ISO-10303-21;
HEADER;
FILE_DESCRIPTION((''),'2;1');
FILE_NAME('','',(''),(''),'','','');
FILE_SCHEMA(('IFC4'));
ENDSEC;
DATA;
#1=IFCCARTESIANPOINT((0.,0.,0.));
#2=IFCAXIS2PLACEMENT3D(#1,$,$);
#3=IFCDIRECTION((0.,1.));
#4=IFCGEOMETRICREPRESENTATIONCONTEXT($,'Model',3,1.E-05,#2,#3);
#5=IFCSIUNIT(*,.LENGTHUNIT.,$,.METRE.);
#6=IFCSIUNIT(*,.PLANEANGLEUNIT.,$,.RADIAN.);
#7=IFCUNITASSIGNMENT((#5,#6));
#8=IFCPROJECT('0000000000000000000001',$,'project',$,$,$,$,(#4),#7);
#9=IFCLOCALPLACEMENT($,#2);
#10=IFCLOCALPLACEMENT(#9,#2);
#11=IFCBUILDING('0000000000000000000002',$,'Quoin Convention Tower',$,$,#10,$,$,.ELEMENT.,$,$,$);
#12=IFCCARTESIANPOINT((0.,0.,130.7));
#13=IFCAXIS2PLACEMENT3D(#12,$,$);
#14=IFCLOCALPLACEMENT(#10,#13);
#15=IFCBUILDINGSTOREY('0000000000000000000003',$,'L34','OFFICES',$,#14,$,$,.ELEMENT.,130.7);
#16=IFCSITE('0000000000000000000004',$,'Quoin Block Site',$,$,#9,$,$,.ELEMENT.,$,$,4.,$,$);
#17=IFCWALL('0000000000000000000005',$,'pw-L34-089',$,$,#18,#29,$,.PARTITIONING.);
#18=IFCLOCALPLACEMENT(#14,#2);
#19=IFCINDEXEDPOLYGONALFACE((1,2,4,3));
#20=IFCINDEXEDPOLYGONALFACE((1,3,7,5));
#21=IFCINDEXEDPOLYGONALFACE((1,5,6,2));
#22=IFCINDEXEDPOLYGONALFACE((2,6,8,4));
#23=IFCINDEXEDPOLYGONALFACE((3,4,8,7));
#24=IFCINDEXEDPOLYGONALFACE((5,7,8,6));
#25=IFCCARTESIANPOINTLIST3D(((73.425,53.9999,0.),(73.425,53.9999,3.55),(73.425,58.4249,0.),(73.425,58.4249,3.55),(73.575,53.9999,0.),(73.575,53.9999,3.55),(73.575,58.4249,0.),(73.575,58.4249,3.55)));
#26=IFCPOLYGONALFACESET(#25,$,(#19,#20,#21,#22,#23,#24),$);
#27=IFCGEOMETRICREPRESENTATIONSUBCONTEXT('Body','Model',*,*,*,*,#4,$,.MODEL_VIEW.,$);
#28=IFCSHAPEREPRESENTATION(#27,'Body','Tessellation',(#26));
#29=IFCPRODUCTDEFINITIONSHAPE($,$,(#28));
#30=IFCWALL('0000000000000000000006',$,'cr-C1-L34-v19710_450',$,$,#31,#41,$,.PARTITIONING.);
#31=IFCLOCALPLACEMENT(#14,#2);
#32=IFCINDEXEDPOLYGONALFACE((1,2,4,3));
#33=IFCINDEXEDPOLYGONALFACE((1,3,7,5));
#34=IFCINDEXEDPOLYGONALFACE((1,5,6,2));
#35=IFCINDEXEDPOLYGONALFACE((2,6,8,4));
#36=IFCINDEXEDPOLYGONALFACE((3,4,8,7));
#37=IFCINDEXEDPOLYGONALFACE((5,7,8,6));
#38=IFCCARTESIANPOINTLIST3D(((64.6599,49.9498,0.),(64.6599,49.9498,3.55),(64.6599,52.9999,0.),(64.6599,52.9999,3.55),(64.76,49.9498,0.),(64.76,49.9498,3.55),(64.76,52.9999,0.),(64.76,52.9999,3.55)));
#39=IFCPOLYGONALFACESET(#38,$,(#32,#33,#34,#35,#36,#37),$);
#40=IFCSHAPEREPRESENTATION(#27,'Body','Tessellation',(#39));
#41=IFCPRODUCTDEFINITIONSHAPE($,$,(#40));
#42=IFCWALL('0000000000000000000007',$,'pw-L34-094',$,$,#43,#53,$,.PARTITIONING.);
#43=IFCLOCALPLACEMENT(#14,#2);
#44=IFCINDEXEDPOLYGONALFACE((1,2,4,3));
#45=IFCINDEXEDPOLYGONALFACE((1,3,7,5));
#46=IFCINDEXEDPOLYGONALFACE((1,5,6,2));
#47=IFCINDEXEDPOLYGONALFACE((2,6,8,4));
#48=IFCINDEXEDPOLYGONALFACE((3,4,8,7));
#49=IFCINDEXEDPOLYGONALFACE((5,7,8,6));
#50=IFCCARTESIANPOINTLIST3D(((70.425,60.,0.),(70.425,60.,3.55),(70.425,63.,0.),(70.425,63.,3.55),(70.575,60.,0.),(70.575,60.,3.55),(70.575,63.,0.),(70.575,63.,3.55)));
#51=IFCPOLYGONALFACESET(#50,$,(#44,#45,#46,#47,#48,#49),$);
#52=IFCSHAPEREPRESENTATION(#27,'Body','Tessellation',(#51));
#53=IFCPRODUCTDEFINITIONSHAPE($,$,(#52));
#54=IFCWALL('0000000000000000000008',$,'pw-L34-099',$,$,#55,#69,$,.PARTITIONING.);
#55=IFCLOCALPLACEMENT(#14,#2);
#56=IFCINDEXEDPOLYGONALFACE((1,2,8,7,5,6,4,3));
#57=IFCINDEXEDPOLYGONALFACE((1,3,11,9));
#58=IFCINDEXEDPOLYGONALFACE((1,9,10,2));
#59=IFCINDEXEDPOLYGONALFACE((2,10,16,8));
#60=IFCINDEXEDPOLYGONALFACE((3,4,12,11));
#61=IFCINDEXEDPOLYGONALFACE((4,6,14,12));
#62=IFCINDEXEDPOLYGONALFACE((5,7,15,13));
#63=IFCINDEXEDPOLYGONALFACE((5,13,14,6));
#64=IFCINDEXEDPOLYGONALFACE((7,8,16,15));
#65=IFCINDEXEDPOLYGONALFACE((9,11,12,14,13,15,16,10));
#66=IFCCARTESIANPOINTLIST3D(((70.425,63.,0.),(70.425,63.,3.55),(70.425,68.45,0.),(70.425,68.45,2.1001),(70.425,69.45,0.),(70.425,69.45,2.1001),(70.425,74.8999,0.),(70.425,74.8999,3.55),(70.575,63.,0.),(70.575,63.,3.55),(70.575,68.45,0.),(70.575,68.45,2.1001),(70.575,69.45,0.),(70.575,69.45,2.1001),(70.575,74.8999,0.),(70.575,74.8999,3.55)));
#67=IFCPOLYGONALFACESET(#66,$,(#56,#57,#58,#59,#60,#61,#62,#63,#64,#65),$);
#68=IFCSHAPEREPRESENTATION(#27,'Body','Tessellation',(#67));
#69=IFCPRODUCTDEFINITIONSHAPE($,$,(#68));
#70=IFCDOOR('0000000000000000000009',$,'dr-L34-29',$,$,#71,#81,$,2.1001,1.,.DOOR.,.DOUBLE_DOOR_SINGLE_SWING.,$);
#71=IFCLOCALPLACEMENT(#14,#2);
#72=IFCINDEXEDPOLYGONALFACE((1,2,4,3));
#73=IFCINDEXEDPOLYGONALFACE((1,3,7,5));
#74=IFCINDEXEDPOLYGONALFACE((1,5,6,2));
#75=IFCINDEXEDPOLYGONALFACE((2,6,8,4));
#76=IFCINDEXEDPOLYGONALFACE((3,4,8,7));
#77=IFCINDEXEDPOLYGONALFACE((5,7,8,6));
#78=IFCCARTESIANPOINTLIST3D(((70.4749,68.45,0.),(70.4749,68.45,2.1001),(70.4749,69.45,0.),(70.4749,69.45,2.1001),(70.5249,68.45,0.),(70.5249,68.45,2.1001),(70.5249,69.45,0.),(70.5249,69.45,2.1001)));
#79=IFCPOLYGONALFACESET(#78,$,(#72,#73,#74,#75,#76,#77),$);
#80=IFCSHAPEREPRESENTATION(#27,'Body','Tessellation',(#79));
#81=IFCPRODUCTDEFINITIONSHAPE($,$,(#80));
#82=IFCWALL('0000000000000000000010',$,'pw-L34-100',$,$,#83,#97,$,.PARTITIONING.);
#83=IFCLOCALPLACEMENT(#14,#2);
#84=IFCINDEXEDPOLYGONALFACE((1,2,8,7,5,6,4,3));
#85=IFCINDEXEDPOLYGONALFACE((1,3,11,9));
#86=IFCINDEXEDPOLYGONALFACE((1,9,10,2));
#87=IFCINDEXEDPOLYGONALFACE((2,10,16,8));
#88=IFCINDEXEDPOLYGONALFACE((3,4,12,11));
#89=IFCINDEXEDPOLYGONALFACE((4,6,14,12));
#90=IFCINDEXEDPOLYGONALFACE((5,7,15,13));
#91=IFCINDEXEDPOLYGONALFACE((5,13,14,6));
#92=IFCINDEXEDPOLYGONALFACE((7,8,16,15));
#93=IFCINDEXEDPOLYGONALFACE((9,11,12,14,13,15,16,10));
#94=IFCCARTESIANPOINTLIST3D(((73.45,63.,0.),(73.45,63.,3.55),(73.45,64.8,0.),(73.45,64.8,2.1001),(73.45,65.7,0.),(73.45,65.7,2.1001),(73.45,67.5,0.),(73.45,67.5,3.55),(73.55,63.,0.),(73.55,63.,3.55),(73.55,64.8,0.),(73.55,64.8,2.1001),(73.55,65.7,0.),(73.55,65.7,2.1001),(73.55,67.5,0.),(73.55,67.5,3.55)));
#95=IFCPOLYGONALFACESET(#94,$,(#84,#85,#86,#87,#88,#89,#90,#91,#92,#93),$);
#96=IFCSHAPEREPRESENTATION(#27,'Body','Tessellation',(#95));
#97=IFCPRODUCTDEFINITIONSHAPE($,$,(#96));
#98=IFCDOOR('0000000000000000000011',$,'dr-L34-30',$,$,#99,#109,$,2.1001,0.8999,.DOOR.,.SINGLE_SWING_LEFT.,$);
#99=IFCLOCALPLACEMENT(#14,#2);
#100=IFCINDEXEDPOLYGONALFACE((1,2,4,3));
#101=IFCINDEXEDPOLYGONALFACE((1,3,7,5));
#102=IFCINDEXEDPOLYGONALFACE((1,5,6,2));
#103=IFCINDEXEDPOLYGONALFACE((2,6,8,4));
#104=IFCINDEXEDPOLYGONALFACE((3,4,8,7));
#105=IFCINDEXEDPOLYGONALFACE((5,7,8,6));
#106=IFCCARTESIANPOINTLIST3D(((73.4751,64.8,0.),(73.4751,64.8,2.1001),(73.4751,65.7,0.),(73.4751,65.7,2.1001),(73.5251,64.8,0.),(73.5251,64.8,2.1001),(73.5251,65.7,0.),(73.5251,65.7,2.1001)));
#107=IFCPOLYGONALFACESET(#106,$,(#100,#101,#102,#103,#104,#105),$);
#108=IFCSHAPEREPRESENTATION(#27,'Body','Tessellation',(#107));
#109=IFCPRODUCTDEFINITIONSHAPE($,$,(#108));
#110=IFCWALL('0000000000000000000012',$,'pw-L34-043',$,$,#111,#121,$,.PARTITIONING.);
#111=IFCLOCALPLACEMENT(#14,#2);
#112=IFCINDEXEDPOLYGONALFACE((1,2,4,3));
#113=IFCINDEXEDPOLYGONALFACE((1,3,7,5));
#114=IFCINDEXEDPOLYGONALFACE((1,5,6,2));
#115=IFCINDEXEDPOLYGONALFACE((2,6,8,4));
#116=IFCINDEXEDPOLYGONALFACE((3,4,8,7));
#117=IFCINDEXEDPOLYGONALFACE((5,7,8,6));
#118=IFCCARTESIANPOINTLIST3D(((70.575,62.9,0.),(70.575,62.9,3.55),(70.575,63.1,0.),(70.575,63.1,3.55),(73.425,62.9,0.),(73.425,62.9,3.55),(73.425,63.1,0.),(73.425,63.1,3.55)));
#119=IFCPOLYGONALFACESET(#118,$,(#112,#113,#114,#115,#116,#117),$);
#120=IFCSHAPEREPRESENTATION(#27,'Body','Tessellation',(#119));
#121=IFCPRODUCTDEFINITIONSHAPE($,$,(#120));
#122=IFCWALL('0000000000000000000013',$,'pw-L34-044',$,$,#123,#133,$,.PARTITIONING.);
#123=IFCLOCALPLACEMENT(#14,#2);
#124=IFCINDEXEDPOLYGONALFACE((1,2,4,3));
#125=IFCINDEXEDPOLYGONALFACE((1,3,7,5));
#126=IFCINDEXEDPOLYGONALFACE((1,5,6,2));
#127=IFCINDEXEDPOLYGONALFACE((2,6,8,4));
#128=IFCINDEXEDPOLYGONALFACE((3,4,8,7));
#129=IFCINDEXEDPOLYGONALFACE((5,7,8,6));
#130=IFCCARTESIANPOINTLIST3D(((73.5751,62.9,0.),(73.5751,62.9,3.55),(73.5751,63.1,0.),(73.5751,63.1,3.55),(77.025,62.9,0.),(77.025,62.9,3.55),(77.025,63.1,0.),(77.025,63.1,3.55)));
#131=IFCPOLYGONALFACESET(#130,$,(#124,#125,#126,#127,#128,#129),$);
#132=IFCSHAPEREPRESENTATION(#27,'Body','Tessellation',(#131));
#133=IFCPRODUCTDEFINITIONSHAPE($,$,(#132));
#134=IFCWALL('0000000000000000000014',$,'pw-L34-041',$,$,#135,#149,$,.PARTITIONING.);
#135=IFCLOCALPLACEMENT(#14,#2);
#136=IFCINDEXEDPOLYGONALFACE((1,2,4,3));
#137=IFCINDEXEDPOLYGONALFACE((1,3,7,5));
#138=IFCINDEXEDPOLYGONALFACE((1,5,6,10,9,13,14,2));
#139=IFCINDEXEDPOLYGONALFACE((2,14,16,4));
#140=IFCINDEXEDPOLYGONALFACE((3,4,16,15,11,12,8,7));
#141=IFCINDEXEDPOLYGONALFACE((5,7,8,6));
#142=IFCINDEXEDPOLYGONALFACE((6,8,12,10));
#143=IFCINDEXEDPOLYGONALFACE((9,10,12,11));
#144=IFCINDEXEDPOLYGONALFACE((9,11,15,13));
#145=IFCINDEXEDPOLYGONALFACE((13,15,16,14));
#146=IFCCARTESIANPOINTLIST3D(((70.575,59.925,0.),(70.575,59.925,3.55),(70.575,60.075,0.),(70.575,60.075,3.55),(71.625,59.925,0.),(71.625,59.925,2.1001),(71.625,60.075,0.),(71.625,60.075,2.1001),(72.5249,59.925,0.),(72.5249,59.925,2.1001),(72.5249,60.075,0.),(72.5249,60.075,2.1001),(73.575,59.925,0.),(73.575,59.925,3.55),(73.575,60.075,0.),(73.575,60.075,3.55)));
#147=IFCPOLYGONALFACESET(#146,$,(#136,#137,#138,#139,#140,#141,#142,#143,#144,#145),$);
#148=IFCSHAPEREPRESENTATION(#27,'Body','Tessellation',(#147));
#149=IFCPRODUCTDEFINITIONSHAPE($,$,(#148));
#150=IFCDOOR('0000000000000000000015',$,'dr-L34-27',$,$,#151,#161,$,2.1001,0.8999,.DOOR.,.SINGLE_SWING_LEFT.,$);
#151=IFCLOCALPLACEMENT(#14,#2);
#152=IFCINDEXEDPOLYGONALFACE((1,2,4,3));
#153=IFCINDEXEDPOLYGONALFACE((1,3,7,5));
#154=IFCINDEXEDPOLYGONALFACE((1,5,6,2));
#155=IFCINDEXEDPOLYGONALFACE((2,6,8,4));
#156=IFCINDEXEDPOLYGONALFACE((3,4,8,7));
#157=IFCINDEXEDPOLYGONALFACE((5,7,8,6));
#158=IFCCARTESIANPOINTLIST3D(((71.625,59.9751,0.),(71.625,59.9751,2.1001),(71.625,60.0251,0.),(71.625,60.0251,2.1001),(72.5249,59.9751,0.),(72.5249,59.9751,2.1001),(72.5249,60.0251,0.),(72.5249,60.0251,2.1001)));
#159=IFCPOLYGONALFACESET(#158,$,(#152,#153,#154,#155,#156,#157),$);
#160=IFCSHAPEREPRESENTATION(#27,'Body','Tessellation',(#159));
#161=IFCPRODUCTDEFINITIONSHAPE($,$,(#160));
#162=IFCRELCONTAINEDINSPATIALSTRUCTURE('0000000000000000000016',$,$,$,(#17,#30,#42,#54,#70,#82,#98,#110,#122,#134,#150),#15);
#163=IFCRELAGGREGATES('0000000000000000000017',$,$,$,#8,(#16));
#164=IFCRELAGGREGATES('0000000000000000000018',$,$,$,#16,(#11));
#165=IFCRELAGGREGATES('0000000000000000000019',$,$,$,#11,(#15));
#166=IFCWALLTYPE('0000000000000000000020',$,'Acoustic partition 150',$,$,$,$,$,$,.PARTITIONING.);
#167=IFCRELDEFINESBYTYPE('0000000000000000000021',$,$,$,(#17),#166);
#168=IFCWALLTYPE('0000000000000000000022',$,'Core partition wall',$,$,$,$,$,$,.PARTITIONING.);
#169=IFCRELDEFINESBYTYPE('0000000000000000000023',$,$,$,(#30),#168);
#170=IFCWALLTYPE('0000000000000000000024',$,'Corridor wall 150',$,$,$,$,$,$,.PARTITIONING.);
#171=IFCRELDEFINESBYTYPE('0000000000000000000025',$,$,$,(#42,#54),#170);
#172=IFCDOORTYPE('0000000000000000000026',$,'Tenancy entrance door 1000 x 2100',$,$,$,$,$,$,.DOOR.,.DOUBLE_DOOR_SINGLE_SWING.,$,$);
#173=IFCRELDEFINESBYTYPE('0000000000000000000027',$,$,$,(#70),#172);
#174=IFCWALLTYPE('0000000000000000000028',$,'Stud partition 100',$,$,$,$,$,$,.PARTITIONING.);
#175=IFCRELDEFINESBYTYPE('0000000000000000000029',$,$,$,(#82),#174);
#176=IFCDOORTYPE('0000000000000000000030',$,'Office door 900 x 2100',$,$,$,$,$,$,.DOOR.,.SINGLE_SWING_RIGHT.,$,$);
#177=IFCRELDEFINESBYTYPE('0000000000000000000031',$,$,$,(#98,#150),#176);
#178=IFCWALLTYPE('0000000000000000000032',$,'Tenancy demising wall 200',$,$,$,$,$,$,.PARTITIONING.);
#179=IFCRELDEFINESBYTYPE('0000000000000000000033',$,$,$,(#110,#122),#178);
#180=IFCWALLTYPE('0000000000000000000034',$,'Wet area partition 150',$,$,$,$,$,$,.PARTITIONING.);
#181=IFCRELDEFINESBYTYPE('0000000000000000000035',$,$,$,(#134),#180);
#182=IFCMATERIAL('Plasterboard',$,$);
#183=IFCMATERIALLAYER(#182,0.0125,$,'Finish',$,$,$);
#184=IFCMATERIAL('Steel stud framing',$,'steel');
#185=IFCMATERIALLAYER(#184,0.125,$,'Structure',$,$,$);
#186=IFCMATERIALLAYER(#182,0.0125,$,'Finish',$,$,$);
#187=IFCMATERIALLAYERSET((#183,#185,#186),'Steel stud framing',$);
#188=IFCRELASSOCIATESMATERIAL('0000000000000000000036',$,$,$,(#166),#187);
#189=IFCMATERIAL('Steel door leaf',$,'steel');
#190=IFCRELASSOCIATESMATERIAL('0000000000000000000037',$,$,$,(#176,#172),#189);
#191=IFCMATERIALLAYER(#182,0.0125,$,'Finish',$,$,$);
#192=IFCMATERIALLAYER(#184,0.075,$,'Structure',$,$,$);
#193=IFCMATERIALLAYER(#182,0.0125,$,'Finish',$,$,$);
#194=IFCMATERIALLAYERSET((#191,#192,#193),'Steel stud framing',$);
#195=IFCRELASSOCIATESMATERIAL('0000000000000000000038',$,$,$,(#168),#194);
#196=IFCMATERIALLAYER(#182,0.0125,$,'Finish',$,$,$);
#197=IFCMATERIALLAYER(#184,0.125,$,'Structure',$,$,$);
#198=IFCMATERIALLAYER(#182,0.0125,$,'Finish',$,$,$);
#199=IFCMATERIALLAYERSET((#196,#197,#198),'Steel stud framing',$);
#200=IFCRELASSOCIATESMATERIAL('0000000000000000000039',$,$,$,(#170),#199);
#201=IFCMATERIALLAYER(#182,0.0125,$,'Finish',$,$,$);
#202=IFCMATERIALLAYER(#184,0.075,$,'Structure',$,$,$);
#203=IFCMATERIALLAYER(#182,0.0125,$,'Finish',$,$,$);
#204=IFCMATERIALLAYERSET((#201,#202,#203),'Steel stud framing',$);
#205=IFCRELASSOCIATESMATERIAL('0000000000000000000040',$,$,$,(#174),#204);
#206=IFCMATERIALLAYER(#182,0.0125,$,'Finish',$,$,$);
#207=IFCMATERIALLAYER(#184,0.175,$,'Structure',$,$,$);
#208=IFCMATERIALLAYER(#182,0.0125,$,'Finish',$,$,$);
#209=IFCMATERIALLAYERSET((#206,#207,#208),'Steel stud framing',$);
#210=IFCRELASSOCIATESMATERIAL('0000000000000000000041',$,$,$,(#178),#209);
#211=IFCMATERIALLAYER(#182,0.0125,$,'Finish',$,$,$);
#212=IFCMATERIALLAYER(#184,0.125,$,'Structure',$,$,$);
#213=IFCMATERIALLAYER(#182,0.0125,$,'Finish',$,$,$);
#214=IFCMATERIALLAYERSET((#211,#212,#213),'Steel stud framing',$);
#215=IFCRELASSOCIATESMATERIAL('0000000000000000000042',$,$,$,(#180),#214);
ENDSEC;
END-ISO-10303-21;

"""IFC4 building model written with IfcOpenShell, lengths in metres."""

from ifc_helpers import new_model, si_unit, direction, frame, frame_2d, origin, place, context, subcontext, project, spatial, rectangle, extrude, material, layer, layer_set, type_object, element, fill, save


model = new_model("IFC4")

# Units and contexts
model_context = context("Model", 3, precision=1e-05, world=origin(), true_north=direction((0.0, 1.0)))
body_context = subcontext(model_context, "Body", "Model", "MODEL_VIEW")
ifc_project = project(units=[si_unit("LENGTHUNIT", "METRE"), si_unit("PLANEANGLEUNIT", "RADIAN")], contexts=[model_context])

# Site, building, storey
site_placement = place(None, origin())
site = spatial("IfcSite", under=ifc_project, at=site_placement, Name="Quoin Block Site", CompositionType="ELEMENT", RefElevation=4.0)
building_placement = place(site_placement, origin())
building = spatial("IfcBuilding", under=site, at=building_placement, Name="Quoin Convention Tower", CompositionType="ELEMENT")
storey_placement = place(building_placement, frame((0.0, 0.0, 130.7)))
storey = spatial("IfcBuildingStorey", under=building, at=storey_placement, Name="L34", Description="OFFICES", CompositionType="ELEMENT", Elevation=130.7)

# Shared definitions
ifc_material_1 = material(Name="Plasterboard")
ifc_layer_1 = layer(ifc_material_1, 0.0125, Name="Finish")
ifc_material_2 = material(Name="Steel stud framing", Category="steel")
ifc_layer_2 = layer(ifc_material_2, 0.125, Name="Structure")
ifc_layer_3 = layer(ifc_material_1, 0.0125, Name="Finish")
ifc_layer_set_1 = layer_set([ifc_layer_1, ifc_layer_2, ifc_layer_3], Name="Steel stud framing")
wall_type_1 = type_object("IfcWallType", Name="Acoustic partition 150", PredefinedType="PARTITIONING", material=ifc_layer_set_1)

# Shared definitions
ifc_material_3 = material(Name="Steel door leaf", Category="steel")
door_type_1 = type_object("IfcDoorType", Name="Office door 900 x 2100", OperationType="SINGLE_SWING_RIGHT", PredefinedType="DOOR", material=ifc_material_3)

# Walls
wall_1_placement = place(storey_placement, frame((73.5, 54.0, 0.0), z_axis=(0.0, 0.0, 1.0), x_axis=(0.0, 1.0, 0.0)))
element("IfcWall", 1, at=wall_1_placement, inside=storey, type_object=wall_type_1, Name="pw-L34-089", PredefinedType="PARTITIONING", context=body_context, shape_type="SweptSolid", body=[
    extrude(rectangle(XDim=4.425, YDim=0.1499, at=frame_2d((2.2124, 0.0))), origin(), (0.0, 0.0, 1.0), 3.55),
])
ifc_layer_4 = layer(ifc_material_1, 0.0125, Name="Finish")
ifc_layer_5 = layer(ifc_material_2, 0.075, Name="Structure")
ifc_layer_6 = layer(ifc_material_1, 0.0125, Name="Finish")
ifc_layer_set_2 = layer_set([ifc_layer_4, ifc_layer_5, ifc_layer_6], Name="Steel stud framing")
wall_type_2 = type_object("IfcWallType", Name="Core partition wall", PredefinedType="PARTITIONING", material=ifc_layer_set_2)
wall_2_placement = place(storey_placement, frame((64.71, 49.95, 0.0), z_axis=(0.0, 0.0, 1.0), x_axis=(0.0, 1.0, 0.0)))
element("IfcWall", 2, at=wall_2_placement, inside=storey, type_object=wall_type_2, Name="cr-C1-L34-v19710_450", PredefinedType="PARTITIONING", context=body_context, shape_type="SweptSolid", body=[
    extrude(rectangle(XDim=3.05, YDim=0.1001, at=frame_2d((1.5249, 0.0))), origin(), (0.0, 0.0, 1.0), 3.55),
])
ifc_layer_7 = layer(ifc_material_1, 0.0125, Name="Finish")
ifc_layer_8 = layer(ifc_material_2, 0.125, Name="Structure")
ifc_layer_9 = layer(ifc_material_1, 0.0125, Name="Finish")
ifc_layer_set_3 = layer_set([ifc_layer_7, ifc_layer_8, ifc_layer_9], Name="Steel stud framing")
wall_type_3 = type_object("IfcWallType", Name="Corridor wall 150", PredefinedType="PARTITIONING", material=ifc_layer_set_3)
wall_3_placement = place(storey_placement, frame((70.5, 60.0, 0.0), z_axis=(0.0, 0.0, 1.0), x_axis=(0.0, 1.0, 0.0)))
element("IfcWall", 3, at=wall_3_placement, inside=storey, type_object=wall_type_3, Name="pw-L34-094", PredefinedType="PARTITIONING", context=body_context, shape_type="SweptSolid", body=[
    extrude(rectangle(XDim=3.0, YDim=0.1499, at=frame_2d((1.5, 0.0))), origin(), (0.0, 0.0, 1.0), 3.55),
])

# Walls, openings, doors
wall_4_placement = place(storey_placement, frame((70.5, 63.0, 0.0), z_axis=(0.0, 0.0, 1.0), x_axis=(0.0, 1.0, 0.0)))
wall_4 = element("IfcWall", 4, at=wall_4_placement, inside=storey, type_object=wall_type_3, Name="pw-L34-099", PredefinedType="PARTITIONING", context=body_context, shape_type="SweptSolid", body=[
    extrude(rectangle(XDim=11.8999, YDim=0.1499, at=frame_2d((5.95, 0.0))), origin(), (0.0, 0.0, 1.0), 3.55),
])
opening_1_placement = place(wall_4_placement, frame((5.45, 0.0, 0.0)))
opening_1 = element("IfcOpeningElement", 5, at=opening_1_placement, cuts=wall_4, PredefinedType="OPENING", context=body_context, shape_type="SweptSolid", body=[
    extrude(rectangle(XDim=1.0, YDim=2.1001, at=frame_2d((0.5, 1.05))), frame((0.0, 0.085, 0.0), z_axis=(0.0, -1.0, 0.0), x_axis=(1.0, 0.0, 0.0)), (0.0, 0.0, 1.0), 0.1699),
])
door_type_2 = type_object("IfcDoorType", Name="Tenancy entrance door 1000 x 2100", OperationType="DOUBLE_DOOR_SINGLE_SWING", PredefinedType="DOOR", material=ifc_material_3)
door_1_placement = place(opening_1_placement, frame((1.0, 0.0, 0.0), z_axis=(0.0, 0.0, 1.0), x_axis=(-1.0, 0.0, 0.0)))
door_1 = element("IfcDoor", 6, at=door_1_placement, inside=storey, type_object=door_type_2, Name="dr-L34-29", OperationType="DOUBLE_DOOR_SINGLE_SWING", OverallHeight=2.1001, OverallWidth=1.0, PredefinedType="DOOR", context=body_context, shape_type="SweptSolid", body=[
    extrude(rectangle(XDim=1.0, YDim=2.1001, at=frame_2d((0.5, 1.05))), frame((0.0, 0.0249, 0.0), z_axis=(0.0, -1.0, 0.0), x_axis=(1.0, 0.0, 0.0)), (0.0, 0.0, 1.0), 0.05),
])
fill(opening_1, door_1)
ifc_layer_10 = layer(ifc_material_1, 0.0125, Name="Finish")
ifc_layer_11 = layer(ifc_material_2, 0.075, Name="Structure")
ifc_layer_12 = layer(ifc_material_1, 0.0125, Name="Finish")
ifc_layer_set_4 = layer_set([ifc_layer_10, ifc_layer_11, ifc_layer_12], Name="Steel stud framing")
wall_type_4 = type_object("IfcWallType", Name="Stud partition 100", PredefinedType="PARTITIONING", material=ifc_layer_set_4)
wall_5_placement = place(storey_placement, frame((73.5, 63.0, 0.0), z_axis=(0.0, 0.0, 1.0), x_axis=(0.0, 1.0, 0.0)))
wall_5 = element("IfcWall", 7, at=wall_5_placement, inside=storey, type_object=wall_type_4, Name="pw-L34-100", PredefinedType="PARTITIONING", context=body_context, shape_type="SweptSolid", body=[
    extrude(rectangle(XDim=4.5, YDim=0.1001, at=frame_2d((2.25, 0.0))), origin(), (0.0, 0.0, 1.0), 3.55),
])
opening_2_placement = place(wall_5_placement, frame((1.8, 0.0, 0.0)))
opening_2 = element("IfcOpeningElement", 8, at=opening_2_placement, cuts=wall_5, PredefinedType="OPENING", context=body_context, shape_type="SweptSolid", body=[
    extrude(rectangle(XDim=0.8999, YDim=2.1001, at=frame_2d((0.45, 1.05))), frame((0.0, 0.0601, 0.0), z_axis=(0.0, -1.0, 0.0), x_axis=(1.0, 0.0, 0.0)), (0.0, 0.0, 1.0), 0.1201),
])
door_2_placement = place(opening_2_placement, origin())
door_2 = element("IfcDoor", 9, at=door_2_placement, inside=storey, type_object=door_type_1, Name="dr-L34-30", OperationType="SINGLE_SWING_LEFT", OverallHeight=2.1001, OverallWidth=0.8999, PredefinedType="DOOR", context=body_context, shape_type="SweptSolid", body=[
    extrude(rectangle(XDim=0.8999, YDim=2.1001, at=frame_2d((0.45, 1.05))), frame((0.0, 0.0249, 0.0), z_axis=(0.0, -1.0, 0.0), x_axis=(1.0, 0.0, 0.0)), (0.0, 0.0, 1.0), 0.05),
])
fill(opening_2, door_2)

# Walls
ifc_layer_13 = layer(ifc_material_1, 0.0125, Name="Finish")
ifc_layer_14 = layer(ifc_material_2, 0.175, Name="Structure")
ifc_layer_15 = layer(ifc_material_1, 0.0125, Name="Finish")
ifc_layer_set_5 = layer_set([ifc_layer_13, ifc_layer_14, ifc_layer_15], Name="Steel stud framing")
wall_type_5 = type_object("IfcWallType", Name="Tenancy demising wall 200", PredefinedType="PARTITIONING", material=ifc_layer_set_5)
wall_6_placement = place(storey_placement, frame((70.575, 63.0, 0.0), z_axis=(0.0, 0.0, 1.0), x_axis=(1.0, 0.0, 0.0)))
element("IfcWall", 10, at=wall_6_placement, inside=storey, type_object=wall_type_5, Name="pw-L34-043", PredefinedType="PARTITIONING", context=body_context, shape_type="SweptSolid", body=[
    extrude(rectangle(XDim=2.8501, YDim=0.2, at=frame_2d((1.425, 0.0))), origin(), (0.0, 0.0, 1.0), 3.55),
])
wall_7_placement = place(storey_placement, frame((73.575, 63.0, 0.0), z_axis=(0.0, 0.0, 1.0), x_axis=(1.0, 0.0, 0.0)))
element("IfcWall", 11, at=wall_7_placement, inside=storey, type_object=wall_type_5, Name="pw-L34-044", PredefinedType="PARTITIONING", context=body_context, shape_type="SweptSolid", body=[
    extrude(rectangle(XDim=3.45, YDim=0.2, at=frame_2d((1.7251, 0.0))), origin(), (0.0, 0.0, 1.0), 3.55),
])

# Wall, opening, door
ifc_layer_16 = layer(ifc_material_1, 0.0125, Name="Finish")
ifc_layer_17 = layer(ifc_material_2, 0.125, Name="Structure")
ifc_layer_18 = layer(ifc_material_1, 0.0125, Name="Finish")
ifc_layer_set_6 = layer_set([ifc_layer_16, ifc_layer_17, ifc_layer_18], Name="Steel stud framing")
wall_type_6 = type_object("IfcWallType", Name="Wet area partition 150", PredefinedType="PARTITIONING", material=ifc_layer_set_6)
wall_8_placement = place(storey_placement, frame((70.575, 60.0, 0.0), z_axis=(0.0, 0.0, 1.0), x_axis=(1.0, 0.0, 0.0)))
wall_8 = element("IfcWall", 12, at=wall_8_placement, inside=storey, type_object=wall_type_6, Name="pw-L34-041", PredefinedType="PARTITIONING", context=body_context, shape_type="SweptSolid", body=[
    extrude(rectangle(XDim=3.0, YDim=0.1499, at=frame_2d((1.5, 0.0))), origin(), (0.0, 0.0, 1.0), 3.55),
])
opening_3_placement = place(wall_8_placement, frame((1.05, 0.0, 0.0)))
opening_3 = element("IfcOpeningElement", 13, at=opening_3_placement, cuts=wall_8, PredefinedType="OPENING", context=body_context, shape_type="SweptSolid", body=[
    extrude(rectangle(XDim=0.8999, YDim=2.1001, at=frame_2d((0.45, 1.05))), frame((0.0, 0.085, 0.0), z_axis=(0.0, -1.0, 0.0), x_axis=(1.0, 0.0, 0.0)), (0.0, 0.0, 1.0), 0.1699),
])
door_3_placement = place(opening_3_placement, frame((0.8999, 0.0, 0.0), z_axis=(0.0, 0.0, 1.0), x_axis=(-1.0, 0.0, 0.0)))
door_3 = element("IfcDoor", 14, at=door_3_placement, inside=storey, type_object=door_type_1, Name="dr-L34-27", OperationType="SINGLE_SWING_LEFT", OverallHeight=2.1001, OverallWidth=0.8999, PredefinedType="DOOR", context=body_context, shape_type="SweptSolid", body=[
    extrude(rectangle(XDim=0.8999, YDim=2.1001, at=frame_2d((0.45, 1.05))), frame((0.0, 0.0249, 0.0), z_axis=(0.0, -1.0, 0.0), x_axis=(1.0, 0.0, 0.0)), (0.0, 0.0, 1.0), 0.05),
])
fill(opening_3, door_3)

save(model, "model.ifc")
